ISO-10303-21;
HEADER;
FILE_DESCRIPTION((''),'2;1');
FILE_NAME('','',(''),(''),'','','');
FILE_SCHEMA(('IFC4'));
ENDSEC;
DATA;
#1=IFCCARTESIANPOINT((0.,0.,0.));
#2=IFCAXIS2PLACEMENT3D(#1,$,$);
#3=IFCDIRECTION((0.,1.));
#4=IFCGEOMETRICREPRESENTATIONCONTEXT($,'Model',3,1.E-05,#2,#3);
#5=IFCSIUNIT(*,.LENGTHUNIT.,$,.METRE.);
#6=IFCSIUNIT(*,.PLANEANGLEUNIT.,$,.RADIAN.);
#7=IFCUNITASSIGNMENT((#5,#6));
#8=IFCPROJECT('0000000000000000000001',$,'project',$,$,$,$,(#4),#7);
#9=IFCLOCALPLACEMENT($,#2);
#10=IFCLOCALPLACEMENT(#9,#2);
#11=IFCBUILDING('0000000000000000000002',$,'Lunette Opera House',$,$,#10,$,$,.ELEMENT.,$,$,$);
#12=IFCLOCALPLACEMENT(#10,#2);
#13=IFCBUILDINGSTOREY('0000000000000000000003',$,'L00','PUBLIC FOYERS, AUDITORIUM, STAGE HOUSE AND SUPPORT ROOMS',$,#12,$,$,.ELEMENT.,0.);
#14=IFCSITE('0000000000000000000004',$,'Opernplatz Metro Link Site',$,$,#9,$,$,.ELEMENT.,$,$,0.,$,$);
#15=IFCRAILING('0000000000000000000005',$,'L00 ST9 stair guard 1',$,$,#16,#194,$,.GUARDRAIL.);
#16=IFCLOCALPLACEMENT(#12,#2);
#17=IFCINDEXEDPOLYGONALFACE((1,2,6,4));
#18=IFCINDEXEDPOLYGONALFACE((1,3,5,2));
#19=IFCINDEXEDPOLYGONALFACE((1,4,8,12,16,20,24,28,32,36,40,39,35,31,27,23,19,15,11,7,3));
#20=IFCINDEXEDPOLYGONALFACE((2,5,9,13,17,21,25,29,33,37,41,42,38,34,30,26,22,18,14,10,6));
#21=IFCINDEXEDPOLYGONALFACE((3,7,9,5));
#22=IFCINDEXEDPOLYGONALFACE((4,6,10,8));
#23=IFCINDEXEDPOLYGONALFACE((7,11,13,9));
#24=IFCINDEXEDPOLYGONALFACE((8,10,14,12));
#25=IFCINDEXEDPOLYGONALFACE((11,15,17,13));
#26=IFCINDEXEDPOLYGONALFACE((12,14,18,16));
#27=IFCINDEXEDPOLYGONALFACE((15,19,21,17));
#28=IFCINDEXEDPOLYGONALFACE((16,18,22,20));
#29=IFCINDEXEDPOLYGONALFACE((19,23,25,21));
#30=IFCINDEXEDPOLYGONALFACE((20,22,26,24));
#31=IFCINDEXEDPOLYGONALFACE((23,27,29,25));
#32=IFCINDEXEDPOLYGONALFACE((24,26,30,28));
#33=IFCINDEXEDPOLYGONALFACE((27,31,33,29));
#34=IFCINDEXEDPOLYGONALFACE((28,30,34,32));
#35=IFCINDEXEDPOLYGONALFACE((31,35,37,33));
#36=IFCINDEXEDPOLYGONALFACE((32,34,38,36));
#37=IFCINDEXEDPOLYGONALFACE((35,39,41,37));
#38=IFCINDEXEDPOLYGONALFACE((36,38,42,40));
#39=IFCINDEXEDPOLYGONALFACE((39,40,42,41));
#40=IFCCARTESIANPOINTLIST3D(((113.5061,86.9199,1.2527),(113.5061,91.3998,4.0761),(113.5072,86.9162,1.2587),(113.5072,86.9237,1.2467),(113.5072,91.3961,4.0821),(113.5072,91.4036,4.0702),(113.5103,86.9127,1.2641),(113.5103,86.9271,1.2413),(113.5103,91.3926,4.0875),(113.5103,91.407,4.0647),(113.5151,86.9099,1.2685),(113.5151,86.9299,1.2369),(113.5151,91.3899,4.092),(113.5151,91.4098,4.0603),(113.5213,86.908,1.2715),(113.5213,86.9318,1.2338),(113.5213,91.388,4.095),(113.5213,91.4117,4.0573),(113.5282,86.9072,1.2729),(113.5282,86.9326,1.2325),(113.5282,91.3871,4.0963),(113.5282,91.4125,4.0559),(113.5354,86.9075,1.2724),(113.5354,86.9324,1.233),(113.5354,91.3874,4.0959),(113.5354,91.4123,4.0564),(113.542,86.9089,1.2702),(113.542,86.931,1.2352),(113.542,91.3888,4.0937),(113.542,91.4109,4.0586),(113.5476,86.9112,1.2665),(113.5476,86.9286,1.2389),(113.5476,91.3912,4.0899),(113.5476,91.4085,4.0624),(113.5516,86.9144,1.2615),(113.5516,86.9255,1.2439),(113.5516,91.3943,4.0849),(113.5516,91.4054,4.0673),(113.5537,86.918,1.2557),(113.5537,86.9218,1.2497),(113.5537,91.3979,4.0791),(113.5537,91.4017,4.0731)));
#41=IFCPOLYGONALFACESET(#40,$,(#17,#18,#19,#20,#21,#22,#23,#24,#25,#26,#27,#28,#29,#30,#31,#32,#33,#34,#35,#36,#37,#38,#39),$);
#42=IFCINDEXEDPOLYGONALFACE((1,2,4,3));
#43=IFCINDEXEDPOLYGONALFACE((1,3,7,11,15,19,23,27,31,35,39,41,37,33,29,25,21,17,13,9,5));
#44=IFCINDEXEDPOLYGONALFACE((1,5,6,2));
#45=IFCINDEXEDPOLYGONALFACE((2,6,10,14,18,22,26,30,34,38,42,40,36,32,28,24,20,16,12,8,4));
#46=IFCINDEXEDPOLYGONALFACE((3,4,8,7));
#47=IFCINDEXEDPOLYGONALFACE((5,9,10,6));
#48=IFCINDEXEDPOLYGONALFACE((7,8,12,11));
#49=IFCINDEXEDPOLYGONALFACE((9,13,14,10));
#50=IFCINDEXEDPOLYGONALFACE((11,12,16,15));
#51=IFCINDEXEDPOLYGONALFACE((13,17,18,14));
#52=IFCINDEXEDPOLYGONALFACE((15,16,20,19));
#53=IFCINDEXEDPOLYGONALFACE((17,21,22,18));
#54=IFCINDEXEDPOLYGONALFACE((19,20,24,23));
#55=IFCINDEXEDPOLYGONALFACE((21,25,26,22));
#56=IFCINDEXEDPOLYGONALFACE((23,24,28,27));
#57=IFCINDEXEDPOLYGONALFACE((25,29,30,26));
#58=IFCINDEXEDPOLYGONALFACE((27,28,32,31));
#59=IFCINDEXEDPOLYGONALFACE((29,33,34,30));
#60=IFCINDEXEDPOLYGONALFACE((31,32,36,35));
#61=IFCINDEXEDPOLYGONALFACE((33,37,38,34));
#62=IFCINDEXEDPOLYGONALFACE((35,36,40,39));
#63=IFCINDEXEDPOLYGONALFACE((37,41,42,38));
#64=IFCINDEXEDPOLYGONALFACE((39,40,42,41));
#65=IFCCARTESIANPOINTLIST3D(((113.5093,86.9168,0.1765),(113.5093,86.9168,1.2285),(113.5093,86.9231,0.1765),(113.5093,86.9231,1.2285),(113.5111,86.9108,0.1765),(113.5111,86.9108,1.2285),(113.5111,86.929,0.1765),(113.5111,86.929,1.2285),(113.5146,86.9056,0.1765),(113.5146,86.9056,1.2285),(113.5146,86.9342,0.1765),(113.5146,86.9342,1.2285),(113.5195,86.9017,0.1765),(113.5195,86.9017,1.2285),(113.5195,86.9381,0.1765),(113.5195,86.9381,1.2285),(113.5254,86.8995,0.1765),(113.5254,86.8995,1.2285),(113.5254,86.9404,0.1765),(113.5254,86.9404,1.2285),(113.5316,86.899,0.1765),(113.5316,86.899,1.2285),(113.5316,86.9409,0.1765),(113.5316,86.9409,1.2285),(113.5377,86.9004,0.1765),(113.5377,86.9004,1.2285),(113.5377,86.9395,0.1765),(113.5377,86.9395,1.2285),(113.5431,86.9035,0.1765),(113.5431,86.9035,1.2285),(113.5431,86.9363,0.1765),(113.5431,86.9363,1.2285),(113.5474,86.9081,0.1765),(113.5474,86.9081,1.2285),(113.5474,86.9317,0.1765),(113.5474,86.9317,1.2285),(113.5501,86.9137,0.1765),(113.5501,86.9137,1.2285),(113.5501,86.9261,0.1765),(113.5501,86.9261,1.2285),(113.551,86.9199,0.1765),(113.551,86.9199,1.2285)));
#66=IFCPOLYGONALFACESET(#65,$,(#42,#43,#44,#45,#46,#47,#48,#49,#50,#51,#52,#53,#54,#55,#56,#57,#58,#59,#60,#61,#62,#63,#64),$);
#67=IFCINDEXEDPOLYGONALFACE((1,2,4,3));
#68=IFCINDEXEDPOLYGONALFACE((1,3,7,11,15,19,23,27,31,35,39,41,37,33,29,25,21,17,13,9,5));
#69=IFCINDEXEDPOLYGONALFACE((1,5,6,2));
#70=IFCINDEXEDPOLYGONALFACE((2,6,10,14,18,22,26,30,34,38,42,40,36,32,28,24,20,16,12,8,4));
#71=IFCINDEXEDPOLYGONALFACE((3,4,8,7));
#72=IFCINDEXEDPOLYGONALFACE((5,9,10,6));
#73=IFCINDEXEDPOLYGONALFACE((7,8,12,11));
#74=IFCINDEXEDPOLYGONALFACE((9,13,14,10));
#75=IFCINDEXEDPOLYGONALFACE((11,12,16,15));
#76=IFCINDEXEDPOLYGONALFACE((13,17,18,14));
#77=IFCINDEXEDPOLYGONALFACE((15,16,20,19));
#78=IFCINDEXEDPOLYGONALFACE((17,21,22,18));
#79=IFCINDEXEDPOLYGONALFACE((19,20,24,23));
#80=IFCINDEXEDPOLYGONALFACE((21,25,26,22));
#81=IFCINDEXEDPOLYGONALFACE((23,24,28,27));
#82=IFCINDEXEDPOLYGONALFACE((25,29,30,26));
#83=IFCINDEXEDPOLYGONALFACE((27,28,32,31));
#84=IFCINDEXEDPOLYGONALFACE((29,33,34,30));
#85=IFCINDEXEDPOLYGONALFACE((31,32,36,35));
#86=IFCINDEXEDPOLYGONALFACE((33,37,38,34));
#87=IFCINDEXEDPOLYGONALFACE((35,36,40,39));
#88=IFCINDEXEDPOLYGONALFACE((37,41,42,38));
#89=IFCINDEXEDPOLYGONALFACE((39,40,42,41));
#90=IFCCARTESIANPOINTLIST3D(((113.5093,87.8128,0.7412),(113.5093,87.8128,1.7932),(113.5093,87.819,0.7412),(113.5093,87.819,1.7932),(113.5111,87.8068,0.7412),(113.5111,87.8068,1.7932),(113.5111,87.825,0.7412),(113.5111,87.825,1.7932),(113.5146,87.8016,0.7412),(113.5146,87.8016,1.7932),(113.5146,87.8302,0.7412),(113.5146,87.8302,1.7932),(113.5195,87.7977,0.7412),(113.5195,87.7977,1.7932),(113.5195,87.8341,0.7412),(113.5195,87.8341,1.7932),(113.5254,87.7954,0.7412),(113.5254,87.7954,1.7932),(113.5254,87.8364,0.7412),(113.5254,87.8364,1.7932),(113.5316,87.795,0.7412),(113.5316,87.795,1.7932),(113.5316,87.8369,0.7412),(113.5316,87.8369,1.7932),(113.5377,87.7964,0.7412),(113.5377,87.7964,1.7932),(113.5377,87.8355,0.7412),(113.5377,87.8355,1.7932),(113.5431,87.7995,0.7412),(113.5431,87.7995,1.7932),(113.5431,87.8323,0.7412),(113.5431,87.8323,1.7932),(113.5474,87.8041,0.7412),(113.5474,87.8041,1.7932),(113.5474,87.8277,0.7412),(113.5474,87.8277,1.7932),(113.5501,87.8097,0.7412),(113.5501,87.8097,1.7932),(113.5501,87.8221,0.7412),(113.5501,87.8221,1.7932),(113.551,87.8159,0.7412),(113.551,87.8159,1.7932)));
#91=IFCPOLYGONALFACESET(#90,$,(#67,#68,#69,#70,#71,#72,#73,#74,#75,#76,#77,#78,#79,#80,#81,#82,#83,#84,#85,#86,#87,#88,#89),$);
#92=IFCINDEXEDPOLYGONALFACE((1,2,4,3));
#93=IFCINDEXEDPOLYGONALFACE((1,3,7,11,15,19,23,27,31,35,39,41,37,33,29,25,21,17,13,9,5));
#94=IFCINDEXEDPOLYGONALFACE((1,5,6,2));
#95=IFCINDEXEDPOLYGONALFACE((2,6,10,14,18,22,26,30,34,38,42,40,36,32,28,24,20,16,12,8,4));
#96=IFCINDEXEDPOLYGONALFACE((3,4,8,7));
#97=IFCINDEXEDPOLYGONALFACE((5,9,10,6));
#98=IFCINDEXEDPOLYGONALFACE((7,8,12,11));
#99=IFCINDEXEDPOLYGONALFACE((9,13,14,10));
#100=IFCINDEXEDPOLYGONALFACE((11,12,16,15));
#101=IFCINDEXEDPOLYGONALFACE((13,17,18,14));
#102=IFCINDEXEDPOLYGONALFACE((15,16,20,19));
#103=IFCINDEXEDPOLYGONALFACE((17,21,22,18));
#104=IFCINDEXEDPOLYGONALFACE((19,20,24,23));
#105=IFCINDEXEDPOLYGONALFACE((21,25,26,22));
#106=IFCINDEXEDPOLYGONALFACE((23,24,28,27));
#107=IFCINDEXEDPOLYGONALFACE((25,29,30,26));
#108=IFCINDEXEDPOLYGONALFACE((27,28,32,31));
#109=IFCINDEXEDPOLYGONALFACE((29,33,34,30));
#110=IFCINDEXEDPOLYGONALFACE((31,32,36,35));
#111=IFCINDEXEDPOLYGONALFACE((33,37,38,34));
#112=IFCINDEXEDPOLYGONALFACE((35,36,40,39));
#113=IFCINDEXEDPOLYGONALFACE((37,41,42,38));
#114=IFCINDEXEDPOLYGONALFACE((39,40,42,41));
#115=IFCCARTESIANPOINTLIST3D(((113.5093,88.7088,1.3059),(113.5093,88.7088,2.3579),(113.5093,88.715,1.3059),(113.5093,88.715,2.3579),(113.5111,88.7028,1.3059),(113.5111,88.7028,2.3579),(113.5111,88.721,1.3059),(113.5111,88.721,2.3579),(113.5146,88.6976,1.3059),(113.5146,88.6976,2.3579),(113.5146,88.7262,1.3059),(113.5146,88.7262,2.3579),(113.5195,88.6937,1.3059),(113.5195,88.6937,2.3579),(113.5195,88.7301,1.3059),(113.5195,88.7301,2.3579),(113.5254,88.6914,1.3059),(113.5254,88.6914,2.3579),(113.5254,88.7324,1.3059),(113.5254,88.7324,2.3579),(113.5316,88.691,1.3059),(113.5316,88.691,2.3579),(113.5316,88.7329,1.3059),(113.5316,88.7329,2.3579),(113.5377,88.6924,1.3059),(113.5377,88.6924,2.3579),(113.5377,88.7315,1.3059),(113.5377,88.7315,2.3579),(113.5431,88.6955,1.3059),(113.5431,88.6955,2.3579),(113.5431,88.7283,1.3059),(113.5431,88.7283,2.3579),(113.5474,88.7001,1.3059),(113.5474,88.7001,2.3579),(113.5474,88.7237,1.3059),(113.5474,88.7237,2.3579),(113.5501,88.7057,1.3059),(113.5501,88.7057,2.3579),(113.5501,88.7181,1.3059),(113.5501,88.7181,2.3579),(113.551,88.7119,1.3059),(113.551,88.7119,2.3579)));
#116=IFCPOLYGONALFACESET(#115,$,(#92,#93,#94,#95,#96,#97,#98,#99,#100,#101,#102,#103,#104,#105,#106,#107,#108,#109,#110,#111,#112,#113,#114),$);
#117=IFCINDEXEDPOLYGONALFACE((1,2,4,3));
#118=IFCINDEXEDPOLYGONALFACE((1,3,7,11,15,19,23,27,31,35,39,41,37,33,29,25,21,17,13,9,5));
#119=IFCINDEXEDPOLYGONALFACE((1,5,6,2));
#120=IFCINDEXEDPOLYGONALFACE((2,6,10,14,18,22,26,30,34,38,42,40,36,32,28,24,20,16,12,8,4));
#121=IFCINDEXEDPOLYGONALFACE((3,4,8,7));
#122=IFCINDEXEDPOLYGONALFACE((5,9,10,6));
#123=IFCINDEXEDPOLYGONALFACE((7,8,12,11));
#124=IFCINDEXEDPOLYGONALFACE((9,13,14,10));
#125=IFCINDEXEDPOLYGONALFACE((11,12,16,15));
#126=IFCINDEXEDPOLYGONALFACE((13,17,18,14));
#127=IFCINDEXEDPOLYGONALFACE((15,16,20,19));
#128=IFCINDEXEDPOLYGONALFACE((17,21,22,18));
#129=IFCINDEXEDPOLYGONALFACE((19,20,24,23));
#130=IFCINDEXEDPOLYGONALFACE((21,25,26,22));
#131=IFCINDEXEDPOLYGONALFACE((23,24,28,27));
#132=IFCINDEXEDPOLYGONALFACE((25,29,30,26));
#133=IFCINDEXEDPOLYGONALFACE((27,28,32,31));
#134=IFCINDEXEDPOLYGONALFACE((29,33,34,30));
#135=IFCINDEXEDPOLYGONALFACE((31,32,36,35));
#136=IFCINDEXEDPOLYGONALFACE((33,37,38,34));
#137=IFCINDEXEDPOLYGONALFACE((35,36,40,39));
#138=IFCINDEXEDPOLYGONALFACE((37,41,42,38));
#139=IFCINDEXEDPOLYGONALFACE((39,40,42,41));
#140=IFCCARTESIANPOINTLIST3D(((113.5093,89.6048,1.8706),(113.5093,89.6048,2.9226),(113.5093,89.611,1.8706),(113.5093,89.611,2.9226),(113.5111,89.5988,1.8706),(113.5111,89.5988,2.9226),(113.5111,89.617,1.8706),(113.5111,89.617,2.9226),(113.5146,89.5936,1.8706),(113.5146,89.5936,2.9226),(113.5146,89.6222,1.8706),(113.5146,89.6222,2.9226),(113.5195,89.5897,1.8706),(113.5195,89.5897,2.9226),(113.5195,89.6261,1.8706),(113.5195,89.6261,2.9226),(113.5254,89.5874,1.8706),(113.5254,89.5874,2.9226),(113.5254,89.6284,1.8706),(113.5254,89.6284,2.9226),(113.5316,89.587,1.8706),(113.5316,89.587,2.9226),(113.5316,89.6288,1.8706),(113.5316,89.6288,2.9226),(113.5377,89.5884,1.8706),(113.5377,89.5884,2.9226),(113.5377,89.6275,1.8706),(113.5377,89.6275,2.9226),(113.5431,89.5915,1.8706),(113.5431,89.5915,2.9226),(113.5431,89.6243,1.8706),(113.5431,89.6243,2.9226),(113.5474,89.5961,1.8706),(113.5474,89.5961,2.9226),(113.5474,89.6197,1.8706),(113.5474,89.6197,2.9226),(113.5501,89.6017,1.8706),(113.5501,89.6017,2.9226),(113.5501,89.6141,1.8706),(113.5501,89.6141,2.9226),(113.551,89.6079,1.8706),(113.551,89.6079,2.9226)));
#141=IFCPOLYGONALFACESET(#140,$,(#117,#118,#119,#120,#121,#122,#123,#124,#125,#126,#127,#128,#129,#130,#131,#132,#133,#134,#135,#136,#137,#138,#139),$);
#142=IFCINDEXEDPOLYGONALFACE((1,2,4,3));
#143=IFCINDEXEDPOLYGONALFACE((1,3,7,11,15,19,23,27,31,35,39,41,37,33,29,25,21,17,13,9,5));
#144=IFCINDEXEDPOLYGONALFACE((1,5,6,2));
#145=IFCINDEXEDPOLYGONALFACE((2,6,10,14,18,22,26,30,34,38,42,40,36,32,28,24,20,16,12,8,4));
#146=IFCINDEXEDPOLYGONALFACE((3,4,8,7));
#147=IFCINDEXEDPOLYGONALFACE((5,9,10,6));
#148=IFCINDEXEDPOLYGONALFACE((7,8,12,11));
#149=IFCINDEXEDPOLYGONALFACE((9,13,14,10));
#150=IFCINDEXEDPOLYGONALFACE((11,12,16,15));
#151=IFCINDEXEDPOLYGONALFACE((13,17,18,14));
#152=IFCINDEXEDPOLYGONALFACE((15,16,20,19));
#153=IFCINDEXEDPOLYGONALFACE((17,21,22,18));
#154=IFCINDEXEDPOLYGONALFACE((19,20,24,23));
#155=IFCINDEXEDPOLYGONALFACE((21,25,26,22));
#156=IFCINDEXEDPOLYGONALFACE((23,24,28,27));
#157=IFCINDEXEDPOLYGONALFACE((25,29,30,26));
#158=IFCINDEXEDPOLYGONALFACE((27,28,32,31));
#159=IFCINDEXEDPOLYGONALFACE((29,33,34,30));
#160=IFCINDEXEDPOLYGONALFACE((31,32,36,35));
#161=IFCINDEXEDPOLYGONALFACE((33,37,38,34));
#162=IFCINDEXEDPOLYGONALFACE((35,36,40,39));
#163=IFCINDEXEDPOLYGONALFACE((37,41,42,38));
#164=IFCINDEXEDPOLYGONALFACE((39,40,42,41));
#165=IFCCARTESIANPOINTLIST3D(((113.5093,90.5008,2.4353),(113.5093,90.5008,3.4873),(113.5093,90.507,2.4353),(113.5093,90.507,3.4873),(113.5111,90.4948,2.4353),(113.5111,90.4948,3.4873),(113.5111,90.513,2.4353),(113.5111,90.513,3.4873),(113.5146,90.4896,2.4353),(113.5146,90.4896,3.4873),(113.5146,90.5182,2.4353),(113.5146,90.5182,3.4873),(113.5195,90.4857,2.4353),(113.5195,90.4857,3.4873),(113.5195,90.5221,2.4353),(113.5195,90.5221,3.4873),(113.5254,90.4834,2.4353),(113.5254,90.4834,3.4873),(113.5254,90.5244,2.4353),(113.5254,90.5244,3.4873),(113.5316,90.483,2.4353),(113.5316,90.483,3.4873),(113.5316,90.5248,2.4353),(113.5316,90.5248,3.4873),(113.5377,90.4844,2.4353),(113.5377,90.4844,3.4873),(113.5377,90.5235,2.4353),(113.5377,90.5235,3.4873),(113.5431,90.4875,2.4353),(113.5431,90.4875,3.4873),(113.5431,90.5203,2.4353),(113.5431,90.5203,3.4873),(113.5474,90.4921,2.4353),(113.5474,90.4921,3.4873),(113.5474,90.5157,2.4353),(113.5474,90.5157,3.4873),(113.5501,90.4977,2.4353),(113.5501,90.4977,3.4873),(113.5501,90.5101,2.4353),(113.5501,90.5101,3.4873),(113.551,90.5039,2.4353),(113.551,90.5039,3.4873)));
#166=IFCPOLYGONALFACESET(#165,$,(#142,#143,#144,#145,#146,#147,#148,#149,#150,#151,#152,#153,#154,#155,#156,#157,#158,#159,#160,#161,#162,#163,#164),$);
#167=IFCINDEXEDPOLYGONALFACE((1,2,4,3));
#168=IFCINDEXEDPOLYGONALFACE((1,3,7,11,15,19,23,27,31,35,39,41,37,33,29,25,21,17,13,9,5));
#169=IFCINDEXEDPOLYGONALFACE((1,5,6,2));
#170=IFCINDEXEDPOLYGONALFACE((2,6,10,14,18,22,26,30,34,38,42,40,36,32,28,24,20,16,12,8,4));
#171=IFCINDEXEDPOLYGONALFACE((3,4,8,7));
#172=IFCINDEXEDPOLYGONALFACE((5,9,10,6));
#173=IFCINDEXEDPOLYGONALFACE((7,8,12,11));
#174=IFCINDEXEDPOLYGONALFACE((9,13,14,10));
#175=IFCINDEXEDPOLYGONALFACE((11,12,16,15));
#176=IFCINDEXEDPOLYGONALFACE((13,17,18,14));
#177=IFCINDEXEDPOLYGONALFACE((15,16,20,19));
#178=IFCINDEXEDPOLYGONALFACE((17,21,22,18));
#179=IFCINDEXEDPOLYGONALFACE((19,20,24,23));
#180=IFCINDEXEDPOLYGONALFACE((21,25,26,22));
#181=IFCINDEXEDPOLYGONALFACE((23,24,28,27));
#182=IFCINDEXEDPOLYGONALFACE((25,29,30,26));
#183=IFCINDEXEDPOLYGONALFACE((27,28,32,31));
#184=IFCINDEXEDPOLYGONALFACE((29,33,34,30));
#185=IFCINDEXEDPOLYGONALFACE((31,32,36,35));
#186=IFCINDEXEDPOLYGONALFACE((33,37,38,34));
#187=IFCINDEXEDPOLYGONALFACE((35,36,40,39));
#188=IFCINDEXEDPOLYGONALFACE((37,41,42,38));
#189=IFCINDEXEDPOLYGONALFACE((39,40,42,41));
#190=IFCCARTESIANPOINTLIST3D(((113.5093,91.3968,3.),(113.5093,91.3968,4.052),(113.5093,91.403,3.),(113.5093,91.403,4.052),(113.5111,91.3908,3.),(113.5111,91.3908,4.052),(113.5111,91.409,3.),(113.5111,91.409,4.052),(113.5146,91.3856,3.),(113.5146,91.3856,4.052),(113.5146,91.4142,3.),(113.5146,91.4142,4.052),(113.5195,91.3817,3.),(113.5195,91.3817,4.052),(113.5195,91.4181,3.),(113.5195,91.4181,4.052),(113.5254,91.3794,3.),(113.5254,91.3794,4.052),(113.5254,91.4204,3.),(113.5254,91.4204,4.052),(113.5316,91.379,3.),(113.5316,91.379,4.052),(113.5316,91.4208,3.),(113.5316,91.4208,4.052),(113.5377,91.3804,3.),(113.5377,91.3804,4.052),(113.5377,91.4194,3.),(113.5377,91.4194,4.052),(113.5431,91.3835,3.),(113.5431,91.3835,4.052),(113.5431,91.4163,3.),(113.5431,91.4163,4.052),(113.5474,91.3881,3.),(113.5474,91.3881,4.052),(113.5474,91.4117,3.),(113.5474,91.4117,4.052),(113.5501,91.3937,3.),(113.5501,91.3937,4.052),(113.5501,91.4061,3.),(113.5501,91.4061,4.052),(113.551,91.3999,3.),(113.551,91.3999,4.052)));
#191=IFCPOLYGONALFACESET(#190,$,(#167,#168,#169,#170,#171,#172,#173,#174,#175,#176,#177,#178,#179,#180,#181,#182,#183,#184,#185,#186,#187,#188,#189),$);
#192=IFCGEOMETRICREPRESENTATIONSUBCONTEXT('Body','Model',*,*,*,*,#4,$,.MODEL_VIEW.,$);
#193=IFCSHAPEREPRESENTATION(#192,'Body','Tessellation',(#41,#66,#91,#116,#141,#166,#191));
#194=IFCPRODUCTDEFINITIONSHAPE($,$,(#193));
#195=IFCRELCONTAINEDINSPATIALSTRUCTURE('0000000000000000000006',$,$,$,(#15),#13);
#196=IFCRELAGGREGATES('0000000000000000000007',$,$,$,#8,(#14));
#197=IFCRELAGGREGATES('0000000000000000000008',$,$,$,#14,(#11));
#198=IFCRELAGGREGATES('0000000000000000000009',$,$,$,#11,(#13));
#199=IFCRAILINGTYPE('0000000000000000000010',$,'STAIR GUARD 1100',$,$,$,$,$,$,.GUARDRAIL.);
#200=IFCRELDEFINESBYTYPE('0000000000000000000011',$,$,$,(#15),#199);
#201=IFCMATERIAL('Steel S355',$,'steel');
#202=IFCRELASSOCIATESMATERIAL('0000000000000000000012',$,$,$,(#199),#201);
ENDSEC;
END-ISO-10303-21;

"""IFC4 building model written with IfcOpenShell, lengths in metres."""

from ifc_helpers import new_model, si_unit, direction, frame, origin, origin_2d, place, context, subcontext, project, spatial, circle, extrude, material, type_object, element, save


model = new_model("IFC4")

# Units and contexts
model_context = context("Model", 3, precision=1e-05, world=origin(), true_north=direction((0.0, 1.0)))
body_context = subcontext(model_context, "Body", "Model", "MODEL_VIEW")
ifc_project = project(units=[si_unit("LENGTHUNIT", "METRE"), si_unit("PLANEANGLEUNIT", "RADIAN")], contexts=[model_context])

# Site, building, storey
site_placement = place(None, origin())
site = spatial("IfcSite", under=ifc_project, at=site_placement, Name="Opernplatz Metro Link Site", CompositionType="ELEMENT", RefElevation=0.0)
building_placement = place(site_placement, origin())
building = spatial("IfcBuilding", under=site, at=building_placement, Name="Lunette Opera House", CompositionType="ELEMENT")
storey_placement = place(building_placement, origin())
storey = spatial("IfcBuildingStorey", under=building, at=storey_placement, Name="L00", Description="PUBLIC FOYERS, AUDITORIUM, STAGE HOUSE AND SUPPORT ROOMS", CompositionType="ELEMENT", Elevation=0.0)

# Railing
ifc_material_1 = material(Name="Steel S355", Category="steel")
railing_type_1 = type_object("IfcRailingType", Name="STAIR GUARD 1100", PredefinedType="GUARDRAIL", material=ifc_material_1)
railing_1_placement = place(storey_placement, frame((113.53, 86.9199, 0.1765)))
element("IfcRailing", 1, at=railing_1_placement, inside=storey, type_object=railing_type_1, Name="L00 ST9 stair guard 1", PredefinedType="GUARDRAIL", context=body_context, shape_type="SweptSolid", body=[
    extrude(circle(Radius=0.0239, at=origin_2d()), frame((0.0, 0.0, 1.0762), z_axis=(0.0, 0.845998, 0.533186), x_axis=(-1.0, 0.0, 0.0)), (0.0, 0.0, 1.0), 5.2954),
    extrude(circle(Radius=0.021, at=origin_2d()), origin(), (0.0, 0.0, 1.0), 1.052),
    extrude(circle(Radius=0.021, at=origin_2d()), frame((0.0, 0.896, 0.5647)), (0.0, 0.0, 1.0), 1.052),
    extrude(circle(Radius=0.021, at=origin_2d()), frame((0.0, 1.792, 1.1294)), (0.0, 0.0, 1.0), 1.052),
    extrude(circle(Radius=0.021, at=origin_2d()), frame((0.0, 2.688, 1.6941)), (0.0, 0.0, 1.0), 1.052),
    extrude(circle(Radius=0.021, at=origin_2d()), frame((0.0, 3.584, 2.2588)), (0.0, 0.0, 1.0), 1.052),
    extrude(circle(Radius=0.021, at=origin_2d()), frame((0.0, 4.48, 2.8235)), (0.0, 0.0, 1.0), 1.052),
])

save(model, "model.ifc")
